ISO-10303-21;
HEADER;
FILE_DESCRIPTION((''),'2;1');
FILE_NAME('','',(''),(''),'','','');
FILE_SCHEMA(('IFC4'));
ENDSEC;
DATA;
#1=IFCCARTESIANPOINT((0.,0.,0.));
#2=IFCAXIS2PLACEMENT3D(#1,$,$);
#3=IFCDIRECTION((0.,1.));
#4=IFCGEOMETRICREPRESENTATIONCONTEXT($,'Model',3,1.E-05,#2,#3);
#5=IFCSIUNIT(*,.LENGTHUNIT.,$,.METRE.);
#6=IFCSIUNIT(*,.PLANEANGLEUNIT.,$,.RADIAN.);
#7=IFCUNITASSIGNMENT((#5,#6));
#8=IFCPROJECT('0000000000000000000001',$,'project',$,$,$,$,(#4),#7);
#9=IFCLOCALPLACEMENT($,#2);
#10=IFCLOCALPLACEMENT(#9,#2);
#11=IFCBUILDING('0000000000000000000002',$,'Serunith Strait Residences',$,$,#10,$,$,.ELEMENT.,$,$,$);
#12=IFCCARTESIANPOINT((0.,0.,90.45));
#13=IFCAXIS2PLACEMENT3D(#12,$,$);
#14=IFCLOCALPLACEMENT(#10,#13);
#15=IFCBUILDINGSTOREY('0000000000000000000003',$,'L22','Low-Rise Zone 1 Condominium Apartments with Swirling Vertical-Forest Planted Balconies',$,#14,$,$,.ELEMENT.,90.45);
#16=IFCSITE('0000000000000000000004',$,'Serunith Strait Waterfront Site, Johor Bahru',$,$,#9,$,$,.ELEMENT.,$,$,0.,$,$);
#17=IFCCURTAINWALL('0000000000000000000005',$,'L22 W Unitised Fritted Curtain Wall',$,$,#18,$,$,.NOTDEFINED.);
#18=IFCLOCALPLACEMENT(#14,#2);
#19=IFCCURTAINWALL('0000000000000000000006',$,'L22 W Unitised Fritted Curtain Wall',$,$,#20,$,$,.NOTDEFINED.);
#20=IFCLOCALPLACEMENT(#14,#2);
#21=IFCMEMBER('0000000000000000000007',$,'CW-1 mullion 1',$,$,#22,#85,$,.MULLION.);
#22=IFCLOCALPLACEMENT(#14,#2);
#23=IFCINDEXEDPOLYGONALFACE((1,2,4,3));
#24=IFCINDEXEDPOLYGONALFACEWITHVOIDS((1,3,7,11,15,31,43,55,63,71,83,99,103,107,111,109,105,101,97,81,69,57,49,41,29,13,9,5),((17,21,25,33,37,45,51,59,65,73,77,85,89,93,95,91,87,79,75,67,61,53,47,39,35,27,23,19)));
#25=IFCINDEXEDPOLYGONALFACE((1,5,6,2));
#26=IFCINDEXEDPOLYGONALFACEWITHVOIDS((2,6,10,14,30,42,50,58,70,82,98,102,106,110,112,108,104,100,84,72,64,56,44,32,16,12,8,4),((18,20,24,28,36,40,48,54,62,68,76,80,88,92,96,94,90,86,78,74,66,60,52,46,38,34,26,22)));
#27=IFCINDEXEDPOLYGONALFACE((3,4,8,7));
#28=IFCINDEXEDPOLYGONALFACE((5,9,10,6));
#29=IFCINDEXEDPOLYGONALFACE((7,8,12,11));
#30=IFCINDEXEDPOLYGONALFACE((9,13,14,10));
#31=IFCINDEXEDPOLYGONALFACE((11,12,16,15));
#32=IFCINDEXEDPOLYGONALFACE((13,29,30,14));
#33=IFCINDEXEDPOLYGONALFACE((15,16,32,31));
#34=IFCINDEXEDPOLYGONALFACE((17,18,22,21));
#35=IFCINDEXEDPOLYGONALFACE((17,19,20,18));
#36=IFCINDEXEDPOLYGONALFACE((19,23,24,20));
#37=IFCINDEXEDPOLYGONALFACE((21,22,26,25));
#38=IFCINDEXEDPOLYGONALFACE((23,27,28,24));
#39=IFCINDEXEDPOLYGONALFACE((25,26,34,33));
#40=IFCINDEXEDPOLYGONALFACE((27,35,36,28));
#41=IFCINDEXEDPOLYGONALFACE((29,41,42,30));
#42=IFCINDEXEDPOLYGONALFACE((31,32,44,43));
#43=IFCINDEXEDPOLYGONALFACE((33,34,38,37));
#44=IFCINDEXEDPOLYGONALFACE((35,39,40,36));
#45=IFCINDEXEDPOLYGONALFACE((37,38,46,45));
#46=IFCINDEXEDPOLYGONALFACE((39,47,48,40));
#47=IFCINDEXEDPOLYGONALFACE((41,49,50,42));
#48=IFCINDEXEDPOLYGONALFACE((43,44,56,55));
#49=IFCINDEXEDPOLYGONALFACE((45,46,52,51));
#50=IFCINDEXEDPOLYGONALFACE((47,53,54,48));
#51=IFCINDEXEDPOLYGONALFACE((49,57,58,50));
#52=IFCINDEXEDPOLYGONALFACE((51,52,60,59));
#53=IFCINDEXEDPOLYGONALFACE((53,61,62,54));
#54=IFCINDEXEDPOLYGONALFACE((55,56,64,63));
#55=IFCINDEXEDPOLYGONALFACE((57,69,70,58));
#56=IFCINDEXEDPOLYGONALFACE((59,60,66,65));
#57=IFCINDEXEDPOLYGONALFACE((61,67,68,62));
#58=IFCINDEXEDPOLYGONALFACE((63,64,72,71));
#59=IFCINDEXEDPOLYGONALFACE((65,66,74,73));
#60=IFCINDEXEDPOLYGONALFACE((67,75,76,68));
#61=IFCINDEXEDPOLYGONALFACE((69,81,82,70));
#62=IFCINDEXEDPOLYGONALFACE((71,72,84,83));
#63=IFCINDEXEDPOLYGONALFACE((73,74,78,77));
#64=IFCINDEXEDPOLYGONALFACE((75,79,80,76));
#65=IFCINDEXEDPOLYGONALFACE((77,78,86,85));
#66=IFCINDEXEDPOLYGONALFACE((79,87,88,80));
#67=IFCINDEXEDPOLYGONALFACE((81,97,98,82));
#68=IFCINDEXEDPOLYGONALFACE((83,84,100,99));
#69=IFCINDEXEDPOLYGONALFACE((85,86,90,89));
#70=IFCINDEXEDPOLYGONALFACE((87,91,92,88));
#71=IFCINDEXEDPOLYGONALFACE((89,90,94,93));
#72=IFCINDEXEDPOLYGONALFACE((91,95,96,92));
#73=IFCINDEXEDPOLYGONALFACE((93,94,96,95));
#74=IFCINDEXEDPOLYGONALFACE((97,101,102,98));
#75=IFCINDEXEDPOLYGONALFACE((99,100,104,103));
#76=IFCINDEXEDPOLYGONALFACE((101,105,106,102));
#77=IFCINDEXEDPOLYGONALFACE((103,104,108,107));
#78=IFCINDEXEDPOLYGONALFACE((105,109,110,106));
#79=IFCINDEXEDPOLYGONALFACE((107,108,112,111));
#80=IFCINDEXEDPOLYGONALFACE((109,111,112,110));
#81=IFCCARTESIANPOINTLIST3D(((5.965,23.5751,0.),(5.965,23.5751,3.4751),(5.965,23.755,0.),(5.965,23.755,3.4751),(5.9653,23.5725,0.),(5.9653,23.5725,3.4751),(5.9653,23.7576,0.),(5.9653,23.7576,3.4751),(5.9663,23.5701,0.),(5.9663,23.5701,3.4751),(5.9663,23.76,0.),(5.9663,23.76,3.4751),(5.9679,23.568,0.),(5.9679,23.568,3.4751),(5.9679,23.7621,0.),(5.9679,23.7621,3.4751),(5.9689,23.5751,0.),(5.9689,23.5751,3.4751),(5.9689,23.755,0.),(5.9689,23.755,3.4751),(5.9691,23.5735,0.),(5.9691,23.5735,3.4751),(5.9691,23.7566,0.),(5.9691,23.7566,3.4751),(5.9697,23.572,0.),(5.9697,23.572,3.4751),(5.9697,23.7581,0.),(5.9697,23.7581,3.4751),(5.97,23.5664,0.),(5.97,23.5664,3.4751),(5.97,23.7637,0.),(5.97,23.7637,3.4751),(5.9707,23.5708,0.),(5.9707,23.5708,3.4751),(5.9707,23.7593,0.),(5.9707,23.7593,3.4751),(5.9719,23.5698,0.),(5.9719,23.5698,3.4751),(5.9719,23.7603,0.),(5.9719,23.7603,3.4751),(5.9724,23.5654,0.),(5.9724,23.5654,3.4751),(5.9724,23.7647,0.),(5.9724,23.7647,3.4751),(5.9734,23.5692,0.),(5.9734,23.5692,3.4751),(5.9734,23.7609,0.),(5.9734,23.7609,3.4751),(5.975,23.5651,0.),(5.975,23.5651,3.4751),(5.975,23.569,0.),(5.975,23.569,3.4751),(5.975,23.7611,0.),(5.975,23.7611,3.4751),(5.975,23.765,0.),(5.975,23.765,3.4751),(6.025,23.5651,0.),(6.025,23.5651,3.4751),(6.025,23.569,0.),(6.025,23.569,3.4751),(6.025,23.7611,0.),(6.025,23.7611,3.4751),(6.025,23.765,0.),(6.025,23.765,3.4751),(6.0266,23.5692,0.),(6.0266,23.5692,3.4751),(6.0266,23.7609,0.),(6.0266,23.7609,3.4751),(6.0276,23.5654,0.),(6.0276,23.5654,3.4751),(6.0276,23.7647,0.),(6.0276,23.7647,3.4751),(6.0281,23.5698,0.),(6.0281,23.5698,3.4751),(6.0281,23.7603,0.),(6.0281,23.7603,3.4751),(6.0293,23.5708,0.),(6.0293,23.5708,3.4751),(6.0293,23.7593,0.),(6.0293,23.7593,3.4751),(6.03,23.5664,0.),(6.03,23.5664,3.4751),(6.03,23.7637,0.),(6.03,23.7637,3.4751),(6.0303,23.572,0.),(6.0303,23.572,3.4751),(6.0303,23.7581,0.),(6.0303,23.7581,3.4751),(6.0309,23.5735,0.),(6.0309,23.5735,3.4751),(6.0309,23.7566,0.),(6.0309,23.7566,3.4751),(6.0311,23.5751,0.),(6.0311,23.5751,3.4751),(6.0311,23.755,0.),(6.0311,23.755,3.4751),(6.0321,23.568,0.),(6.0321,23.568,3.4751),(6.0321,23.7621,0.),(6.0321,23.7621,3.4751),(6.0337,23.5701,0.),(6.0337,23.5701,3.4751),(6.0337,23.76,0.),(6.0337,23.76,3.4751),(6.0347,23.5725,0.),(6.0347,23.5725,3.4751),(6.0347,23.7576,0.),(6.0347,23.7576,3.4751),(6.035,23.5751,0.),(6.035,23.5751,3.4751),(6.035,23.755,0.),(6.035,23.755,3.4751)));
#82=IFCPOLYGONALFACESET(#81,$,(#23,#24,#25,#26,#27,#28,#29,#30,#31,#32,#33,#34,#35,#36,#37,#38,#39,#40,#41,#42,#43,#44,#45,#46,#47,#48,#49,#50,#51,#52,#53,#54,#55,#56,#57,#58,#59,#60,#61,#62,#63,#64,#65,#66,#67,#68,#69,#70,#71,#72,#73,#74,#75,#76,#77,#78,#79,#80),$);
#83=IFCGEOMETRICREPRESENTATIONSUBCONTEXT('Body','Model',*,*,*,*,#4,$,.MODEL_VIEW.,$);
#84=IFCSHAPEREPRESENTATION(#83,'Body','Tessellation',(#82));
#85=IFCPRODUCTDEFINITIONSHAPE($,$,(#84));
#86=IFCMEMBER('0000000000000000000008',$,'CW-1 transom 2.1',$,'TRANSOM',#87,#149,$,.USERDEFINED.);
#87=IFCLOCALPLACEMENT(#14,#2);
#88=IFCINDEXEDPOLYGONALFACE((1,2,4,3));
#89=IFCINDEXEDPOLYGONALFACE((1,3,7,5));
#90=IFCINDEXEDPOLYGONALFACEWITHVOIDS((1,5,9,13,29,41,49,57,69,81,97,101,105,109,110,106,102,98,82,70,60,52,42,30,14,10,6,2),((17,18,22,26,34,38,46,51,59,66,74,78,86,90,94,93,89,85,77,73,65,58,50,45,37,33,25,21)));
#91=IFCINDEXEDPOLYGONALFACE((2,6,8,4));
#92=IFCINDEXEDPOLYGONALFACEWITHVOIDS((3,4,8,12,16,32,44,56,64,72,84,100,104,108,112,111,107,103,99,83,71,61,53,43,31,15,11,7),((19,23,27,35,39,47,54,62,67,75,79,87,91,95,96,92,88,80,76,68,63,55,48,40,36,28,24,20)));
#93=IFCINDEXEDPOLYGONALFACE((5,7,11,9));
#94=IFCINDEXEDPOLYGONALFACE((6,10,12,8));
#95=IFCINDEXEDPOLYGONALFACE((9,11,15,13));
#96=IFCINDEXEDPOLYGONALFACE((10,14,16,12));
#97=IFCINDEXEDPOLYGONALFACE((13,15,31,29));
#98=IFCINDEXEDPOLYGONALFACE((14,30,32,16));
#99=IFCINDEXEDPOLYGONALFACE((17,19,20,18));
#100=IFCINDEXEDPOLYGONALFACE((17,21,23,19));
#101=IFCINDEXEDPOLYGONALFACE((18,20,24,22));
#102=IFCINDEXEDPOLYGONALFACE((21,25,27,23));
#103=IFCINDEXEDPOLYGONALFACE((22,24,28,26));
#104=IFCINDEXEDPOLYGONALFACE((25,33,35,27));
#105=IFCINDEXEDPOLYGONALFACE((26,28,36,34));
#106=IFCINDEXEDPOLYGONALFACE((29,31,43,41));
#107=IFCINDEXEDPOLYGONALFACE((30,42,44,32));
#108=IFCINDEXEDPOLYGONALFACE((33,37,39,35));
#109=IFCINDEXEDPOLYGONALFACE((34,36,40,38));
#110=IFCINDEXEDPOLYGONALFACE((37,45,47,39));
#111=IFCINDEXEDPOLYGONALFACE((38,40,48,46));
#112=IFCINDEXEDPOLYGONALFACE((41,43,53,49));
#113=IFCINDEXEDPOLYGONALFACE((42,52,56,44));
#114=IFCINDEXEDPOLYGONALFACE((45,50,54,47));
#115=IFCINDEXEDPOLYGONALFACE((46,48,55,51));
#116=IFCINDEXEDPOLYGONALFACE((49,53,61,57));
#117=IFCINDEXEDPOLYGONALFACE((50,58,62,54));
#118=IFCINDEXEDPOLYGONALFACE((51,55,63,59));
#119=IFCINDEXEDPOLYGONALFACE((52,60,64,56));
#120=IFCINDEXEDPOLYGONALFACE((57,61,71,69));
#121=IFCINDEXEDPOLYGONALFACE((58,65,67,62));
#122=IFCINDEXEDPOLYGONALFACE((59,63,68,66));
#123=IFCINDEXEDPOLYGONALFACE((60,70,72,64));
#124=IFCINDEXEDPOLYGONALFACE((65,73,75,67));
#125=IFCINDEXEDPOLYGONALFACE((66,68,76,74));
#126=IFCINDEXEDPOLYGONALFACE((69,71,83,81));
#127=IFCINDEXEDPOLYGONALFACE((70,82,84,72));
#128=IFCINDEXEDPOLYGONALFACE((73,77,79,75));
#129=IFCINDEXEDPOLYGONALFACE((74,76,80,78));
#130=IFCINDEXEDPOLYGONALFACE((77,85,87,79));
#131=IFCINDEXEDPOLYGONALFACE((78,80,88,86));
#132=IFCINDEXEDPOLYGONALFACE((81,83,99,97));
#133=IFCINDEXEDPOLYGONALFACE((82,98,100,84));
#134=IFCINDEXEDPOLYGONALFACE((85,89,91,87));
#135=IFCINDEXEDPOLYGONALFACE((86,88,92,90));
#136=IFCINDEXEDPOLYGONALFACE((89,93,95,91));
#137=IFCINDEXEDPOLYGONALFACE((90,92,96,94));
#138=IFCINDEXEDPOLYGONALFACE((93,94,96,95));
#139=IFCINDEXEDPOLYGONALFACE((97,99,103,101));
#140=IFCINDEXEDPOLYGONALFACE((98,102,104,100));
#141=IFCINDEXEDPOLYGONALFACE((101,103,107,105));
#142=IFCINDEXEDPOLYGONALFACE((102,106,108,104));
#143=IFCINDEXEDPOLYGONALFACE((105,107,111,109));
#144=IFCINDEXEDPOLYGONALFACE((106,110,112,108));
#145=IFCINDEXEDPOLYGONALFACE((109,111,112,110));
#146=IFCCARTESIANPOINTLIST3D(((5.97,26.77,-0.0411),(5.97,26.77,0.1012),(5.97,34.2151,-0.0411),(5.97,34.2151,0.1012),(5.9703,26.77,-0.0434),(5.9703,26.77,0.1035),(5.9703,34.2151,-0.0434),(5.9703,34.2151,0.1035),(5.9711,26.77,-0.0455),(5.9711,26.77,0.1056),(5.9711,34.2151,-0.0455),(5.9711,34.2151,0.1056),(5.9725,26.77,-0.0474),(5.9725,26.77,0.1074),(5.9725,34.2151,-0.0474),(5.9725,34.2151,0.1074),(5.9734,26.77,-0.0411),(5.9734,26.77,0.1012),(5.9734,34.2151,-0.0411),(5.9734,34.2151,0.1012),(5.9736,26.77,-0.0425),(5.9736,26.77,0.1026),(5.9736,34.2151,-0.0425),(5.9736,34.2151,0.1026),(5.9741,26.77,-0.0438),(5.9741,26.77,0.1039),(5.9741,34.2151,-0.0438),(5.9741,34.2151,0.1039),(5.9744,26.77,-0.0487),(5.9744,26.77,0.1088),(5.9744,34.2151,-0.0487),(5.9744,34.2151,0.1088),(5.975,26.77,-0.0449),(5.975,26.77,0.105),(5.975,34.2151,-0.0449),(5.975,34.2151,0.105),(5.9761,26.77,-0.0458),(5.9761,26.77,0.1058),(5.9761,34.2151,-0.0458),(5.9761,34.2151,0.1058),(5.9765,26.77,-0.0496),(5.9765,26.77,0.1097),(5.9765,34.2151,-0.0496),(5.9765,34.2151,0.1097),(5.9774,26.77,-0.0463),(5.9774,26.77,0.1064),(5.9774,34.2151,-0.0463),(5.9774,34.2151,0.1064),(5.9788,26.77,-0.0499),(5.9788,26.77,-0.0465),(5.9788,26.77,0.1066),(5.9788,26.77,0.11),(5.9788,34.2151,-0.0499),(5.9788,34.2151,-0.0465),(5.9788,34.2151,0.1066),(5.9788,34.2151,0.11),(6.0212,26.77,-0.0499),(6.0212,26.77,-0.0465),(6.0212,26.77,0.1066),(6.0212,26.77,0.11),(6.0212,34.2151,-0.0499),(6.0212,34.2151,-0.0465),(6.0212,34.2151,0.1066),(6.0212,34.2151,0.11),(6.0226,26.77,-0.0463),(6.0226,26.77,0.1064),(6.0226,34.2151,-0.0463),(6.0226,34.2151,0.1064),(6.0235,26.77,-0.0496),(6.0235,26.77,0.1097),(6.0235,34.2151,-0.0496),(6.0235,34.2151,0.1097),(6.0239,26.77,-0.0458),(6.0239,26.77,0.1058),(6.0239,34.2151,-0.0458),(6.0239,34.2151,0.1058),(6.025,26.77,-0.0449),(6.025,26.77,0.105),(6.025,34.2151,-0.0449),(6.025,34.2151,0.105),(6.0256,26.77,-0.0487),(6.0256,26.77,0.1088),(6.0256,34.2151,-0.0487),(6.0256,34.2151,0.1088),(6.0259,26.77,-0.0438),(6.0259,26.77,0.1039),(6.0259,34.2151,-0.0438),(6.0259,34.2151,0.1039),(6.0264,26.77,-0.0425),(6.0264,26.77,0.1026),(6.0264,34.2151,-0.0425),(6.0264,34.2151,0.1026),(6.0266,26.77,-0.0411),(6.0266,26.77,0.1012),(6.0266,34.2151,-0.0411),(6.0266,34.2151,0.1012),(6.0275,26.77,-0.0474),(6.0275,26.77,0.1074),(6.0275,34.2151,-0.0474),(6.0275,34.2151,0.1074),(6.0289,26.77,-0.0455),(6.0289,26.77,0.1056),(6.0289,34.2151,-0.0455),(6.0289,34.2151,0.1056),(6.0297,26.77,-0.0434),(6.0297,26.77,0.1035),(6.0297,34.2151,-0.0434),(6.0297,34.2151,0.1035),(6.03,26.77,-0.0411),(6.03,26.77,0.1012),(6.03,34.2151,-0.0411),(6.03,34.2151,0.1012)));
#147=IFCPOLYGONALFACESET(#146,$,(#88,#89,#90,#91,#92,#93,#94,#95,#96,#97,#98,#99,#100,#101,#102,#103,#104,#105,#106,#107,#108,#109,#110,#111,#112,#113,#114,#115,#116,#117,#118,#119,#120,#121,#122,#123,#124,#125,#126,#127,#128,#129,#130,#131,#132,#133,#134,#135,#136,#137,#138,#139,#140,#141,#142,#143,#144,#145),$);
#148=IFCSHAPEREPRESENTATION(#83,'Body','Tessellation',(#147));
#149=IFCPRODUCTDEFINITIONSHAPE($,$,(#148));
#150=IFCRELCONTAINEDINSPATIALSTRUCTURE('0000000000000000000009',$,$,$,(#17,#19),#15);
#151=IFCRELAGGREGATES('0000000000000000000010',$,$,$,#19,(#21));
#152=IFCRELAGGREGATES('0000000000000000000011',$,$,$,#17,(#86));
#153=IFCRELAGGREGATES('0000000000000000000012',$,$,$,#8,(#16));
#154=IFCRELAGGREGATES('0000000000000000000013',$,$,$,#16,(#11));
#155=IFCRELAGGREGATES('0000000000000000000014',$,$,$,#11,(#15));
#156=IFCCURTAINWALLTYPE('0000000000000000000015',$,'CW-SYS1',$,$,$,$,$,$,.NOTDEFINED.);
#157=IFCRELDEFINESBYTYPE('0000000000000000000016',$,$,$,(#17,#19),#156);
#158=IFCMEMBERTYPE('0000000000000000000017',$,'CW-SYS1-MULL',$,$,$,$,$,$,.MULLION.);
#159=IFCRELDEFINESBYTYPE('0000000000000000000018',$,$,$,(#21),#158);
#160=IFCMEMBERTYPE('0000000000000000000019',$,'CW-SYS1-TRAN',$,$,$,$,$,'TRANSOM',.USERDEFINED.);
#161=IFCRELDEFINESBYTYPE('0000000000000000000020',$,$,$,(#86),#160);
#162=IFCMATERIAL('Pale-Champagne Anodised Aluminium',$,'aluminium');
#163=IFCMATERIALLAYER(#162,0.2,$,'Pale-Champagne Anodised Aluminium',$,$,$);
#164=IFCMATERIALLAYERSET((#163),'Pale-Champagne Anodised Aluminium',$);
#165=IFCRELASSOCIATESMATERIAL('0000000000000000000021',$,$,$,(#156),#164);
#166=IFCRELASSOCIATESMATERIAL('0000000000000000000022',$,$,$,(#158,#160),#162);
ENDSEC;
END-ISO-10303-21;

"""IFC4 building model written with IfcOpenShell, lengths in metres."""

from ifc_helpers import new_model, si_unit, direction, frame, origin, origin_2d, place, context, subcontext, project, spatial, hollow_rectangle, extrude, source, transform, mapped, material, layer, layer_set, material_profile, profile_set, type_object, element, aggregate, save


model = new_model("IFC4")

# Units and contexts
model_context = context("Model", 3, precision=1e-05, world=origin(), true_north=direction((0.0, 1.0)))
body_context = subcontext(model_context, "Body", "Model", "MODEL_VIEW")
ifc_project = project(units=[si_unit("LENGTHUNIT", "METRE"), si_unit("PLANEANGLEUNIT", "RADIAN")], contexts=[model_context])

# Site, building, storey
site_placement = place(None, origin())
site = spatial("IfcSite", under=ifc_project, at=site_placement, Name="Serunith Strait Waterfront Site, Johor Bahru", CompositionType="ELEMENT", RefElevation=0.0)
building_placement = place(site_placement, origin())
building = spatial("IfcBuilding", under=site, at=building_placement, Name="Serunith Strait Residences", CompositionType="ELEMENT")
storey_placement = place(building_placement, frame((0.0, 0.0, 90.45)))
storey = spatial("IfcBuildingStorey", under=building, at=storey_placement, Name="L22", Description="Low-Rise Zone 1 Condominium Apartments with Swirling Vertical-Forest Planted Balconies", CompositionType="ELEMENT", Elevation=90.45)

# Curtain wall
ifc_material_1 = material(Name="Pale-Champagne Anodised Aluminium", Category="aluminium")
ifc_layer_1 = layer(ifc_material_1, 0.2, Name="Pale-Champagne Anodised Aluminium")
ifc_layer_set_1 = layer_set([ifc_layer_1], Name="Pale-Champagne Anodised Aluminium")
curtain_wall_type = type_object("IfcCurtainWallType", Name="CW-SYS1", PredefinedType="NOTDEFINED", material=ifc_layer_set_1)
curtain_wall_1_placement = place(storey_placement, origin())
curtain_wall_1 = element("IfcCurtainWall", 1, at=curtain_wall_1_placement, inside=storey, type_object=curtain_wall_type, Name="L22 W Unitised Fritted Curtain Wall", PredefinedType="NOTDEFINED")
ifc_material_profile_1 = material_profile(ifc_material_1, hollow_rectangle(XDim=0.0701, YDim=0.2, WallThickness=0.0039, InnerFilletRadius=0.0061, OuterFilletRadius=0.01, at=origin_2d()), Name="ALU 200x70x4")
ifc_profile_set_1 = profile_set([ifc_material_profile_1], Name="Pale-Champagne Anodised Aluminium")
member_type_1 = type_object("IfcMemberType", Name="CW-SYS1-MULL", PredefinedType="MULLION", material=ifc_profile_set_1)
shared_shape_1 = source(origin(), body_context, "Body", "SweptSolid", [
    extrude(hollow_rectangle(XDim=0.0701, YDim=0.2, WallThickness=0.0039, InnerFilletRadius=0.0061, OuterFilletRadius=0.01, at=origin_2d()), origin(), (0.0, 0.0, 1.0), 3.4751),
])

# Curtain wall, member
curtain_wall_2_placement = place(storey_placement, origin())
curtain_wall_2 = element("IfcCurtainWall", 2, at=curtain_wall_2_placement, inside=storey, type_object=curtain_wall_type, Name="L22 W Unitised Fritted Curtain Wall", PredefinedType="NOTDEFINED")
member_1_placement = place(storey_placement, frame((6.0, 23.665, 0.0), z_axis=(0.0, 0.0, 1.0), x_axis=(1.0, 0.0, 0.0)))
member_1 = element("IfcMember", 3, at=member_1_placement, type_object=member_type_1, Name="CW-1 mullion 1", PredefinedType="MULLION", context=body_context, shape_type="MappedRepresentation", body=[
    mapped(shared_shape_1, transform((0.0, 0.0, 0.0), scale=1.0)),
])

# Member
ifc_material_profile_2 = material_profile(ifc_material_1, hollow_rectangle(XDim=0.0601, YDim=0.1599, WallThickness=0.0034, InnerFilletRadius=0.0054, OuterFilletRadius=0.0088, at=origin_2d()), Name="ALU 160x60x3.5")
ifc_profile_set_2 = profile_set([ifc_material_profile_2], Name="Pale-Champagne Anodised Aluminium")
member_type_2 = type_object("IfcMemberType", Name="CW-SYS1-TRAN", ElementType="TRANSOM", PredefinedType="USERDEFINED", material=ifc_profile_set_2)
shared_shape_2 = source(origin(), body_context, "Body", "SweptSolid", [
    extrude(hollow_rectangle(XDim=0.0601, YDim=0.1599, WallThickness=0.0034, InnerFilletRadius=0.0054, OuterFilletRadius=0.0088, at=origin_2d()), origin(), (0.0, 0.0, 1.0), 7.4451),
])
member_2_placement = place(storey_placement, frame((6.0, 34.2151, 0.03), z_axis=(0.0, -1.0, 0.0), x_axis=(1.0, 0.0, 0.0)))
member_2 = element("IfcMember", 4, at=member_2_placement, type_object=member_type_2, Name="CW-1 transom 2.1", ObjectType="TRANSOM", PredefinedType="USERDEFINED", context=body_context, shape_type="MappedRepresentation", body=[
    mapped(shared_shape_2, transform((0.0, 0.0, 0.0), scale=1.0)),
])
aggregate(curtain_wall_2, [member_1])

aggregate(curtain_wall_1, [member_2])

save(model, "model.ifc")
